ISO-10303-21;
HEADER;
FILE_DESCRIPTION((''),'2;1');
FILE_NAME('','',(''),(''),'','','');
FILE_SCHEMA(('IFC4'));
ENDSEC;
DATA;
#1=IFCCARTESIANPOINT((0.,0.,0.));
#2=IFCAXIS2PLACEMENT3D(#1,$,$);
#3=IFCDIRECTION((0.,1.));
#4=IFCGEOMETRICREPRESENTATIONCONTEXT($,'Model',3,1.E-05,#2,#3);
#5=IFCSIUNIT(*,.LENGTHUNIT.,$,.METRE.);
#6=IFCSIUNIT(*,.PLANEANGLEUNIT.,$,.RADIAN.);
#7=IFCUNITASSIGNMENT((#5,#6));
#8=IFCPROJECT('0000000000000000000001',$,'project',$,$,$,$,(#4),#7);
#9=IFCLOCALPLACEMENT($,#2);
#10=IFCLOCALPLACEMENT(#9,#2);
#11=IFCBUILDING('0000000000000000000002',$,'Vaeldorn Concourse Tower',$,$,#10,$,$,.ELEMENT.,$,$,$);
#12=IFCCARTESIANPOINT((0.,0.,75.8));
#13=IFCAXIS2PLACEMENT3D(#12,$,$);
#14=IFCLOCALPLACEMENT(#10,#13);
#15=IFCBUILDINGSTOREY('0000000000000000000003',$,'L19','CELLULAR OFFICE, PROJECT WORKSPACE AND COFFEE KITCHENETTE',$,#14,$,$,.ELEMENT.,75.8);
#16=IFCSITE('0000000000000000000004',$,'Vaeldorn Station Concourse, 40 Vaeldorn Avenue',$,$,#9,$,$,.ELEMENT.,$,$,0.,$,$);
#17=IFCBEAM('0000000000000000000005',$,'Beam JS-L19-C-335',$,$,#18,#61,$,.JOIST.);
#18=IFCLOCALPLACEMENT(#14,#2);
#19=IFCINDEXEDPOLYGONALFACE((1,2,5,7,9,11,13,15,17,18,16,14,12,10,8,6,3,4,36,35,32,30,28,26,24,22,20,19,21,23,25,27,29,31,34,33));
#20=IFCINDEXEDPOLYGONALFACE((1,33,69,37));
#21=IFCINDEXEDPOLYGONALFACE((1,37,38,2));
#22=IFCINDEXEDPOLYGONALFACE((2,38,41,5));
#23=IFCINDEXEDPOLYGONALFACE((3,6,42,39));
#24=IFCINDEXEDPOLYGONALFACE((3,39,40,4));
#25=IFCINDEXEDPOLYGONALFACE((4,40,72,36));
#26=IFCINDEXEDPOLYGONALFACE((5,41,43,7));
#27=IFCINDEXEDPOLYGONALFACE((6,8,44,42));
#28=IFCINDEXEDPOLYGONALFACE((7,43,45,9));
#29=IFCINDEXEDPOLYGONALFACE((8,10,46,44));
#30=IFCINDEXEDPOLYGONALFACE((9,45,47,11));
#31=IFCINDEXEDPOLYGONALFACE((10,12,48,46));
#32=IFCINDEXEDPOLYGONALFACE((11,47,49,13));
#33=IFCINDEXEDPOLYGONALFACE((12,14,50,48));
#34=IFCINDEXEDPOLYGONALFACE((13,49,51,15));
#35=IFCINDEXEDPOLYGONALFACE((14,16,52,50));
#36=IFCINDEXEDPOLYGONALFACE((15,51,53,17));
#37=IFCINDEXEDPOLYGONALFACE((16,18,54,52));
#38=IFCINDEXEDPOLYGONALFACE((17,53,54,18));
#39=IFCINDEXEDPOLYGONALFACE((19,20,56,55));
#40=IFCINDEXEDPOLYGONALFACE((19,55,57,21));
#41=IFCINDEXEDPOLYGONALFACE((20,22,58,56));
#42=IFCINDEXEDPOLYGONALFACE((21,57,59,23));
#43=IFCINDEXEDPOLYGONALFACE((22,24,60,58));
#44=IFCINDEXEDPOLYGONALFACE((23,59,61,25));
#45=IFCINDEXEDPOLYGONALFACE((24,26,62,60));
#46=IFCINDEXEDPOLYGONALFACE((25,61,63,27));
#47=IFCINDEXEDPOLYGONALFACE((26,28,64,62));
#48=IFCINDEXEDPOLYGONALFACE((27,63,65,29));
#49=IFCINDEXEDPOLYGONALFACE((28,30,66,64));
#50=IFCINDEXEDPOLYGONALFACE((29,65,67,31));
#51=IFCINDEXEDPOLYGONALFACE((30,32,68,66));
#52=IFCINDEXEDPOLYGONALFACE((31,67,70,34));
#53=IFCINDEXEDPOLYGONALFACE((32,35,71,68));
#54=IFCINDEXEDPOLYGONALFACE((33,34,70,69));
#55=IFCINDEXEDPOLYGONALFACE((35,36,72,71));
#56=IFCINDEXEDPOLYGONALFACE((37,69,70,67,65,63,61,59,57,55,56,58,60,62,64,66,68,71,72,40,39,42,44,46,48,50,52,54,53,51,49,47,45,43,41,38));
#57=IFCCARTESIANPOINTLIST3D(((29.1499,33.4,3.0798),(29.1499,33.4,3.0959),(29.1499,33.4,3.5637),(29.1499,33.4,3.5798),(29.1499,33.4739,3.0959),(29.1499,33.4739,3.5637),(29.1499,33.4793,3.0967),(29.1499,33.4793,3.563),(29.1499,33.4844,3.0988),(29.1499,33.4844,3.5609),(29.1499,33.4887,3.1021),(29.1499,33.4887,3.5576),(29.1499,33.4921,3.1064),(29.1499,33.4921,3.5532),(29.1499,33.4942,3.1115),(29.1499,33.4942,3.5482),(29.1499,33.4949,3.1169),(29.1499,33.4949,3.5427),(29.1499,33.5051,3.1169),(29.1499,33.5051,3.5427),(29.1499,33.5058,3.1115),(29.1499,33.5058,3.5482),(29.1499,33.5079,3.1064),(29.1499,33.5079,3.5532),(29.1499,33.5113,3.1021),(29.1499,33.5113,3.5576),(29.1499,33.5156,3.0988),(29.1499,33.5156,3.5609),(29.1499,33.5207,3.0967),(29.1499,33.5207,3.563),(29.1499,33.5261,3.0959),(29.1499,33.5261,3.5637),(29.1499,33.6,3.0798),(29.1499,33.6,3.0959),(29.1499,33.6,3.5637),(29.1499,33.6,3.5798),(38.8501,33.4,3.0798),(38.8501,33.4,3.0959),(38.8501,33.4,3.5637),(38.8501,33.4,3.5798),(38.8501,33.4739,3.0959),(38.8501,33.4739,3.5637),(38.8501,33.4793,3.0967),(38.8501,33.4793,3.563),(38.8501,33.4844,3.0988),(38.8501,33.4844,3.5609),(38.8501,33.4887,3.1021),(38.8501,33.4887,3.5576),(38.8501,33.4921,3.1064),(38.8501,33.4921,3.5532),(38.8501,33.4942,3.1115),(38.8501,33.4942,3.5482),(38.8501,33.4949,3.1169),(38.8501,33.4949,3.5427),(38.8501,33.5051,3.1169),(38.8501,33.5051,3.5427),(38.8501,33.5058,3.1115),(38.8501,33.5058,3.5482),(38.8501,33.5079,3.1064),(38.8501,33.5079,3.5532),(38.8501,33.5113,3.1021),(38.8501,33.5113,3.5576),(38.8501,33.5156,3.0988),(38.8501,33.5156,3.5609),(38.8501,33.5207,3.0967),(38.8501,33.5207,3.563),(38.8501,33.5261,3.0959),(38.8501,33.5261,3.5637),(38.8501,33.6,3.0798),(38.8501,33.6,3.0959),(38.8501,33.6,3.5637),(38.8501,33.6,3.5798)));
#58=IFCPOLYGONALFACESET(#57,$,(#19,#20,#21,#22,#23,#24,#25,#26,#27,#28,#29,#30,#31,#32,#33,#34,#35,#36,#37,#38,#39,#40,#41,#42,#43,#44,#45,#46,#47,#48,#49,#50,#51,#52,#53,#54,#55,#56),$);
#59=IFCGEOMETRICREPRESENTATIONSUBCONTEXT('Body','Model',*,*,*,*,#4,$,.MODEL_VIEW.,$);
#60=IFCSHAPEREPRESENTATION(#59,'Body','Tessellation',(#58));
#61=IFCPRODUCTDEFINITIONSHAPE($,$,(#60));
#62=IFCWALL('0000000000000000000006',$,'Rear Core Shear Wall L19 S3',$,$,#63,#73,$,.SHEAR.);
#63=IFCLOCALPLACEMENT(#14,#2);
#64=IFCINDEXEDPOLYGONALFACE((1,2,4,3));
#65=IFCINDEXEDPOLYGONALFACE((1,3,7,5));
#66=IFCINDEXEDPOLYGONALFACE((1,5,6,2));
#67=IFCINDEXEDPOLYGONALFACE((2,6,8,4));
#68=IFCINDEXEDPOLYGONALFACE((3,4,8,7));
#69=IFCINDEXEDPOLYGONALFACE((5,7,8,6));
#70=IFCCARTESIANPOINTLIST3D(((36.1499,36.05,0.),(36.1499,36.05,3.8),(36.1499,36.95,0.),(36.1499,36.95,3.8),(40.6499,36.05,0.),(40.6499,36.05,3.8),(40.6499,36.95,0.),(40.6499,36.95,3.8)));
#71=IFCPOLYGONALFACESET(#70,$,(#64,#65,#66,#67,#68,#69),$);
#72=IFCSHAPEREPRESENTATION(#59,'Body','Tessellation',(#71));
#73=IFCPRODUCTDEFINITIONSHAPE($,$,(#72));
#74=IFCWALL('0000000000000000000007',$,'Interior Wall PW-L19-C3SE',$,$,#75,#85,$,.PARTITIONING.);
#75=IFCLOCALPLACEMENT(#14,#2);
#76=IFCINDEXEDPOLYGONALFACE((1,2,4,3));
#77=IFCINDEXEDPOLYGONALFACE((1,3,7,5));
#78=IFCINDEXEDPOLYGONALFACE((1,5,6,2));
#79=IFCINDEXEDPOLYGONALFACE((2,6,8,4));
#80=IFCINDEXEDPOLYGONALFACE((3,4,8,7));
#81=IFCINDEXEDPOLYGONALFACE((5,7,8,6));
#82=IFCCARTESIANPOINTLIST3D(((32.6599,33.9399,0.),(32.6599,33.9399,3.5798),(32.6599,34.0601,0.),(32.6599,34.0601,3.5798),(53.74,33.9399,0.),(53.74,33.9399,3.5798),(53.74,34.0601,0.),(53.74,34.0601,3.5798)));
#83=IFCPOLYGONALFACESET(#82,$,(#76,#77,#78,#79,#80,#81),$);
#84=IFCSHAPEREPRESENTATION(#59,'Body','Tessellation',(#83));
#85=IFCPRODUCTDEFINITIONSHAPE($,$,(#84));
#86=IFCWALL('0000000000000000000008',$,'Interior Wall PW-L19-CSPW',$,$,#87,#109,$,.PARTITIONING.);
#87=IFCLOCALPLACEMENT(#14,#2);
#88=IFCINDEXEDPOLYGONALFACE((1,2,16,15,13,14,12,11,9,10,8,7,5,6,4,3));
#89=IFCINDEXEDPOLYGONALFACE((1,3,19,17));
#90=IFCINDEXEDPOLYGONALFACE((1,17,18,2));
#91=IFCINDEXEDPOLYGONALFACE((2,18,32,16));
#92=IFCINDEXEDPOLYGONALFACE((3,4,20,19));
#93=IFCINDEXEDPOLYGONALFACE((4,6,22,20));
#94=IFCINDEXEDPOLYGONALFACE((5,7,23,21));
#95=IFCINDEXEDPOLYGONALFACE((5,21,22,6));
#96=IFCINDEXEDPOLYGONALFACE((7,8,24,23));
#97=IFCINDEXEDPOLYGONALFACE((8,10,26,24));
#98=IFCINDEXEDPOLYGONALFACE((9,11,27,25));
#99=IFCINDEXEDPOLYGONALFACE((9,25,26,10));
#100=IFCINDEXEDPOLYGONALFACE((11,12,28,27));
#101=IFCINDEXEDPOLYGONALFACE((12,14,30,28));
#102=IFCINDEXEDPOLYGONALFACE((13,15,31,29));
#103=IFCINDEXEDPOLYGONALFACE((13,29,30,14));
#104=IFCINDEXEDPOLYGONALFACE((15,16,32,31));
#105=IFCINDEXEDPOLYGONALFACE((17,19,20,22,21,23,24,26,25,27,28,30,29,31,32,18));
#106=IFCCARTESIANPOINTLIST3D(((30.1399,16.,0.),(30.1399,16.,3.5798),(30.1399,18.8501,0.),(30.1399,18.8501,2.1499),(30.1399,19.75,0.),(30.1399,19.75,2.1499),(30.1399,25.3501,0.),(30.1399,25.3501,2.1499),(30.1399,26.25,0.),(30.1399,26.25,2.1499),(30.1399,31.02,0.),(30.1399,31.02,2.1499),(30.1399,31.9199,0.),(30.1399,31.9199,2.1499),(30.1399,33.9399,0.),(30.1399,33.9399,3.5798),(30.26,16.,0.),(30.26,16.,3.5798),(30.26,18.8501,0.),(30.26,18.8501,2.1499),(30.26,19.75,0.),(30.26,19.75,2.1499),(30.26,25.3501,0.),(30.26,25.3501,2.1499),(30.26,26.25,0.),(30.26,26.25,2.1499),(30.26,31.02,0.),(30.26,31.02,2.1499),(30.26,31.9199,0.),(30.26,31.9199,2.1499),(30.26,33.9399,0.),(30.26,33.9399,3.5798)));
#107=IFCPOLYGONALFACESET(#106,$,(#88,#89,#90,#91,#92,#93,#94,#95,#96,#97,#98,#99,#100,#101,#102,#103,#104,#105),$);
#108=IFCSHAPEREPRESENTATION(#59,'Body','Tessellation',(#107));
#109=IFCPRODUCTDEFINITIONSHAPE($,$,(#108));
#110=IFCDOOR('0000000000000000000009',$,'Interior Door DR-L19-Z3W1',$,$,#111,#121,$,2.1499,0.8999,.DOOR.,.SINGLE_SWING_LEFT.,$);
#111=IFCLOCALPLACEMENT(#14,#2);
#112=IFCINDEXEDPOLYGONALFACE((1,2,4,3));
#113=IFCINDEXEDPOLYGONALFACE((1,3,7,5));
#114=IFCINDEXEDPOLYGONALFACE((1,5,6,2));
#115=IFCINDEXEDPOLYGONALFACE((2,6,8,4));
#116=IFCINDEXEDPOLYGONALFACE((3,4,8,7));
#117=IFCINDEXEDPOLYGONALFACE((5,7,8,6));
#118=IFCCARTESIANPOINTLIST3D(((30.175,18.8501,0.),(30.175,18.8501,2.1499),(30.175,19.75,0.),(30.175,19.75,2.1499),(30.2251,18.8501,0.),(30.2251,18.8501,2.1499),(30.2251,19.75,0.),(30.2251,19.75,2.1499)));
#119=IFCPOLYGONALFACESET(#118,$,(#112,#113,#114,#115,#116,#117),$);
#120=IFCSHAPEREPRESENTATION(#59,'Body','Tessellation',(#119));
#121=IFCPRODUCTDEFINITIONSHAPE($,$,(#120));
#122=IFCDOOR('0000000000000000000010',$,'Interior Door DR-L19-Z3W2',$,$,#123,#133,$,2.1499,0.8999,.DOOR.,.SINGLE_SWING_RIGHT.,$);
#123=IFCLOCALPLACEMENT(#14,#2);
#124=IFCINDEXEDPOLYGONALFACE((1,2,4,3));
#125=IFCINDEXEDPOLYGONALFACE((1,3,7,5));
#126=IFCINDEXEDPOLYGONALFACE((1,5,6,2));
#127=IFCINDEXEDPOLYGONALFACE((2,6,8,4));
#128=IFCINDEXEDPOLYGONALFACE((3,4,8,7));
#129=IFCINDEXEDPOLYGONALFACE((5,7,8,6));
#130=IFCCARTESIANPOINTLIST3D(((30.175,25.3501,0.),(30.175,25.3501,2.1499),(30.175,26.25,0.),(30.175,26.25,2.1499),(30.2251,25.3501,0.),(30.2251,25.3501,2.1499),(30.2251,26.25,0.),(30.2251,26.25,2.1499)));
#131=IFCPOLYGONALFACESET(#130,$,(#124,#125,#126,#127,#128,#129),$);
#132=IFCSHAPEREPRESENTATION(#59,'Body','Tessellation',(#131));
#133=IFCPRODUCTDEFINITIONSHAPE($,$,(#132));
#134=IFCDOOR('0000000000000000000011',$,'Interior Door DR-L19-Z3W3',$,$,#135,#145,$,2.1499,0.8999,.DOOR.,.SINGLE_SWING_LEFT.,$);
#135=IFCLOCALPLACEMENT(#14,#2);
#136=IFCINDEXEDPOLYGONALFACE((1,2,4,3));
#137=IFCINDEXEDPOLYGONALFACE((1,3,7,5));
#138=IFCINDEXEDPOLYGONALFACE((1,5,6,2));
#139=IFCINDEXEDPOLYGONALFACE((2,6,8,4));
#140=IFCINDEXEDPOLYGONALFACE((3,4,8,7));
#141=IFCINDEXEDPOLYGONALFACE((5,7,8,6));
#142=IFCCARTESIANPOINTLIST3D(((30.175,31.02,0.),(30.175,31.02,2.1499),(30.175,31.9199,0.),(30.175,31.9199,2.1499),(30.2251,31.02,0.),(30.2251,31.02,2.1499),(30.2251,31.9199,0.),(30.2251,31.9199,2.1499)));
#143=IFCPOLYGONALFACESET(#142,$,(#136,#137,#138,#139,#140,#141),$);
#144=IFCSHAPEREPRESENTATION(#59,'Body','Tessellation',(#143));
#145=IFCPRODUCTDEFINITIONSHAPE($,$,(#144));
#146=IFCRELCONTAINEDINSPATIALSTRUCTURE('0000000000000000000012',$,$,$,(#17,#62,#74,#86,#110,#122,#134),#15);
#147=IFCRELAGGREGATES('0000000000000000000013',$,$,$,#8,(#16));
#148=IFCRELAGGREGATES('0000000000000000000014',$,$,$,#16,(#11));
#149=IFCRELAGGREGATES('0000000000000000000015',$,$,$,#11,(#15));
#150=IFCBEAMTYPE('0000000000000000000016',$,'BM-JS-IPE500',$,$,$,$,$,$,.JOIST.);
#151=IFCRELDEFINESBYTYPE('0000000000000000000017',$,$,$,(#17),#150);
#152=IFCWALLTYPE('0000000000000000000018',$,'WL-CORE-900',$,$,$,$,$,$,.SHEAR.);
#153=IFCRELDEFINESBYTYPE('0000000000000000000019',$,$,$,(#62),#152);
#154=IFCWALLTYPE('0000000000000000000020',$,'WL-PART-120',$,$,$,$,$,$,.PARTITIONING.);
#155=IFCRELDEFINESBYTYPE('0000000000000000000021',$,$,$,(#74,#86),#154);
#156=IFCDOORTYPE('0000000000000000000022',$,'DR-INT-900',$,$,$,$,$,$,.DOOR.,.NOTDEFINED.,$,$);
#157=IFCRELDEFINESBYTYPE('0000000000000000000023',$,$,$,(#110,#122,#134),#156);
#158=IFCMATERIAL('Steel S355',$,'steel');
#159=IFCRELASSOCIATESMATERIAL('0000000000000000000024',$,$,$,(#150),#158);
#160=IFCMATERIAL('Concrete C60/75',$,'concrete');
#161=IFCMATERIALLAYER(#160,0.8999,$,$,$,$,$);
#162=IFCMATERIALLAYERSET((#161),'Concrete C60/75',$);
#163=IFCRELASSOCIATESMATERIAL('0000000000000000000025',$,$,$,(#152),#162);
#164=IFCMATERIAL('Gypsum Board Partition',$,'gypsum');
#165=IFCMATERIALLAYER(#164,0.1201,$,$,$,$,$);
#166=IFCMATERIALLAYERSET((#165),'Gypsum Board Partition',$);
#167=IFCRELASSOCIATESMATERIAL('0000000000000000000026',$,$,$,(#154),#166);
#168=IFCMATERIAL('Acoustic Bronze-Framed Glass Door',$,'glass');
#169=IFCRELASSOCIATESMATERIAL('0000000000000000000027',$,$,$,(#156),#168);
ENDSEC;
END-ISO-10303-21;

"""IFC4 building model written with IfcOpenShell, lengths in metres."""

from ifc_helpers import new_model, si_unit, direction, frame, frame_2d, origin, origin_2d, place, context, subcontext, project, spatial, rectangle, i_section, extrude, source, transform, mapped, material, layer, layer_set, material_profile, profile_set, type_object, element, fill, save


model = new_model("IFC4")

# Units and contexts
model_context = context("Model", 3, precision=1e-05, world=origin(), true_north=direction((0.0, 1.0)))
body_context = subcontext(model_context, "Body", "Model", "MODEL_VIEW")
ifc_project = project(units=[si_unit("LENGTHUNIT", "METRE"), si_unit("PLANEANGLEUNIT", "RADIAN")], contexts=[model_context])

# Site, building, storey
site_placement = place(None, origin())
site = spatial("IfcSite", under=ifc_project, at=site_placement, Name="Vaeldorn Station Concourse, 40 Vaeldorn Avenue", CompositionType="ELEMENT", RefElevation=0.0)
building_placement = place(site_placement, origin())
building = spatial("IfcBuilding", under=site, at=building_placement, Name="Vaeldorn Concourse Tower", CompositionType="ELEMENT")
storey_placement = place(building_placement, frame((0.0, 0.0, 75.8)))
storey = spatial("IfcBuildingStorey", under=building, at=storey_placement, Name="L19", Description="CELLULAR OFFICE, PROJECT WORKSPACE AND COFFEE KITCHENETTE", CompositionType="ELEMENT", Elevation=75.8)

# Beam
ifc_material_1 = material(Name="Steel S355", Category="steel")
ifc_material_profile_1 = material_profile(ifc_material_1, i_section(OverallWidth=0.2, OverallDepth=0.5, WebThickness=0.0103, FlangeThickness=0.0161, FilletRadius=0.021, at=origin_2d()), Name="IPE 500")
ifc_profile_set_1 = profile_set([ifc_material_profile_1], Name="Steel S355")
beam_type_1 = type_object("IfcBeamType", Name="BM-JS-IPE500", PredefinedType="JOIST", material=ifc_profile_set_1)
shared_shape_1 = source(origin(), body_context, "Body", "SweptSolid", [
    extrude(i_section(OverallWidth=0.2, OverallDepth=0.5, WebThickness=0.0103, FlangeThickness=0.0161, FilletRadius=0.021, at=origin_2d()), origin(), (0.0, 0.0, 1.0), 9.7002),
])
for number, where, z_axis, x_axis, name in (
    (1, (29.1499, 33.5, 3.3298), (1.0, 0.0, 0.0), (0.0, 1.0, 0.0), "Beam JS-L19-C-335"),
):
    element("IfcBeam", number, at=place(storey_placement, frame(where, z_axis=z_axis, x_axis=x_axis)), inside=storey, type_object=beam_type_1, Name=name, PredefinedType="JOIST", context=body_context, shape_type="MappedRepresentation", body=[
        mapped(shared_shape_1, transform((0.0, 0.0, 0.0), scale=1.0)),
    ])

# Walls
ifc_material_2 = material(Name="Concrete C60/75", Category="concrete")
ifc_layer_1 = layer(ifc_material_2, 0.8999)
ifc_layer_set_1 = layer_set([ifc_layer_1], Name="Concrete C60/75")
wall_type_1 = type_object("IfcWallType", Name="WL-CORE-900", PredefinedType="SHEAR", material=ifc_layer_set_1)
wall_1_placement = place(storey_placement, frame((36.1499, 36.5, 0.0), z_axis=(0.0, 0.0, 1.0), x_axis=(1.0, 0.0, 0.0)))
element("IfcWall", 2, at=wall_1_placement, inside=storey, type_object=wall_type_1, Name="Rear Core Shear Wall L19 S3", PredefinedType="SHEAR", context=body_context, shape_type="SweptSolid", body=[
    extrude(rectangle(XDim=4.5, YDim=0.8999, at=frame_2d((2.25, 0.0))), origin(), (0.0, 0.0, 1.0), 3.8),
])
ifc_material_3 = material(Name="Gypsum Board Partition", Category="gypsum")
ifc_layer_2 = layer(ifc_material_3, 0.1201)
ifc_layer_set_2 = layer_set([ifc_layer_2], Name="Gypsum Board Partition")
wall_type_2 = type_object("IfcWallType", Name="WL-PART-120", PredefinedType="PARTITIONING", material=ifc_layer_set_2)
wall_2_placement = place(storey_placement, frame((32.6599, 34.0, 0.0), z_axis=(0.0, 0.0, 1.0), x_axis=(1.0, 0.0, 0.0)))
element("IfcWall", 3, at=wall_2_placement, inside=storey, type_object=wall_type_2, Name="Interior Wall PW-L19-C3SE", PredefinedType="PARTITIONING", context=body_context, shape_type="SweptSolid", body=[
    extrude(rectangle(XDim=21.0801, YDim=0.1201, at=frame_2d((10.54, 0.0))), origin(), (0.0, 0.0, 1.0), 3.5798),
])

# Wall, openings, doors
wall_3_placement = place(storey_placement, frame((30.2, 16.0, 0.0), z_axis=(0.0, 0.0, 1.0), x_axis=(0.0, 1.0, 0.0)))
wall_3 = element("IfcWall", 4, at=wall_3_placement, inside=storey, type_object=wall_type_2, Name="Interior Wall PW-L19-CSPW", PredefinedType="PARTITIONING", context=body_context, shape_type="SweptSolid", body=[
    extrude(rectangle(XDim=17.9399, YDim=0.1201, at=frame_2d((8.97, 0.0))), origin(), (0.0, 0.0, 1.0), 3.5798),
])
opening_1_placement = place(wall_3_placement, frame((2.8501, 0.0, 0.0)))
opening_1 = element("IfcOpeningElement", 5, at=opening_1_placement, cuts=wall_3, PredefinedType="OPENING", context=body_context, shape_type="SweptSolid", body=[
    extrude(rectangle(XDim=0.8999, YDim=2.1499, at=frame_2d((0.45, 1.075))), frame((0.0, 0.0701, 0.0), z_axis=(0.0, -1.0, 0.0), x_axis=(1.0, 0.0, 0.0)), (0.0, 0.0, 1.0), 0.1401),
])
opening_2_placement = place(wall_3_placement, frame((9.3501, 0.0, 0.0)))
opening_2 = element("IfcOpeningElement", 6, at=opening_2_placement, cuts=wall_3, PredefinedType="OPENING", context=body_context, shape_type="SweptSolid", body=[
    extrude(rectangle(XDim=0.8999, YDim=2.1499, at=frame_2d((0.45, 1.075))), frame((0.0, 0.0701, 0.0), z_axis=(0.0, -1.0, 0.0), x_axis=(1.0, 0.0, 0.0)), (0.0, 0.0, 1.0), 0.1401),
])
opening_3_placement = place(wall_3_placement, frame((15.02, 0.0, 0.0)))
opening_3 = element("IfcOpeningElement", 7, at=opening_3_placement, cuts=wall_3, PredefinedType="OPENING", context=body_context, shape_type="SweptSolid", body=[
    extrude(rectangle(XDim=0.8999, YDim=2.1499, at=frame_2d((0.45, 1.075))), frame((0.0, 0.0701, 0.0), z_axis=(0.0, -1.0, 0.0), x_axis=(1.0, 0.0, 0.0)), (0.0, 0.0, 1.0), 0.1401),
])
ifc_material_4 = material(Name="Acoustic Bronze-Framed Glass Door", Category="glass")
door_type = type_object("IfcDoorType", Name="DR-INT-900", OperationType="NOTDEFINED", PredefinedType="DOOR", material=ifc_material_4)
shared_shape_2 = source(origin(), body_context, "Body", "SweptSolid", [
    extrude(rectangle(XDim=0.8999, YDim=2.1499, at=frame_2d((0.45, 1.075))), frame((0.0, 0.0249, 0.0), z_axis=(0.0, -1.0, 0.0), x_axis=(1.0, 0.0, 0.0)), (0.0, 0.0, 1.0), 0.05),
])
door_1_placement = place(opening_1_placement, origin())
door_1 = element("IfcDoor", 8, at=door_1_placement, inside=storey, type_object=door_type, Name="Interior Door DR-L19-Z3W1", OperationType="SINGLE_SWING_LEFT", OverallHeight=2.1499, OverallWidth=0.8999, PredefinedType="DOOR", context=body_context, shape_type="MappedRepresentation", body=[
    mapped(shared_shape_2, transform((0.0, 0.0, 0.0), scale=1.0)),
])
fill(opening_1, door_1)
door_2_placement = place(opening_2_placement, origin())
door_2 = element("IfcDoor", 9, at=door_2_placement, inside=storey, type_object=door_type, Name="Interior Door DR-L19-Z3W2", OperationType="SINGLE_SWING_RIGHT", OverallHeight=2.1499, OverallWidth=0.8999, PredefinedType="DOOR", context=body_context, shape_type="MappedRepresentation", body=[
    mapped(shared_shape_2, transform((0.0, 0.0, 0.0), scale=1.0)),
])
fill(opening_2, door_2)
door_3_placement = place(opening_3_placement, origin())
door_3 = element("IfcDoor", 10, at=door_3_placement, inside=storey, type_object=door_type, Name="Interior Door DR-L19-Z3W3", OperationType="SINGLE_SWING_LEFT", OverallHeight=2.1499, OverallWidth=0.8999, PredefinedType="DOOR", context=body_context, shape_type="MappedRepresentation", body=[
    mapped(shared_shape_2, transform((0.0, 0.0, 0.0), scale=1.0)),
])
fill(opening_3, door_3)

save(model, "model.ifc")
